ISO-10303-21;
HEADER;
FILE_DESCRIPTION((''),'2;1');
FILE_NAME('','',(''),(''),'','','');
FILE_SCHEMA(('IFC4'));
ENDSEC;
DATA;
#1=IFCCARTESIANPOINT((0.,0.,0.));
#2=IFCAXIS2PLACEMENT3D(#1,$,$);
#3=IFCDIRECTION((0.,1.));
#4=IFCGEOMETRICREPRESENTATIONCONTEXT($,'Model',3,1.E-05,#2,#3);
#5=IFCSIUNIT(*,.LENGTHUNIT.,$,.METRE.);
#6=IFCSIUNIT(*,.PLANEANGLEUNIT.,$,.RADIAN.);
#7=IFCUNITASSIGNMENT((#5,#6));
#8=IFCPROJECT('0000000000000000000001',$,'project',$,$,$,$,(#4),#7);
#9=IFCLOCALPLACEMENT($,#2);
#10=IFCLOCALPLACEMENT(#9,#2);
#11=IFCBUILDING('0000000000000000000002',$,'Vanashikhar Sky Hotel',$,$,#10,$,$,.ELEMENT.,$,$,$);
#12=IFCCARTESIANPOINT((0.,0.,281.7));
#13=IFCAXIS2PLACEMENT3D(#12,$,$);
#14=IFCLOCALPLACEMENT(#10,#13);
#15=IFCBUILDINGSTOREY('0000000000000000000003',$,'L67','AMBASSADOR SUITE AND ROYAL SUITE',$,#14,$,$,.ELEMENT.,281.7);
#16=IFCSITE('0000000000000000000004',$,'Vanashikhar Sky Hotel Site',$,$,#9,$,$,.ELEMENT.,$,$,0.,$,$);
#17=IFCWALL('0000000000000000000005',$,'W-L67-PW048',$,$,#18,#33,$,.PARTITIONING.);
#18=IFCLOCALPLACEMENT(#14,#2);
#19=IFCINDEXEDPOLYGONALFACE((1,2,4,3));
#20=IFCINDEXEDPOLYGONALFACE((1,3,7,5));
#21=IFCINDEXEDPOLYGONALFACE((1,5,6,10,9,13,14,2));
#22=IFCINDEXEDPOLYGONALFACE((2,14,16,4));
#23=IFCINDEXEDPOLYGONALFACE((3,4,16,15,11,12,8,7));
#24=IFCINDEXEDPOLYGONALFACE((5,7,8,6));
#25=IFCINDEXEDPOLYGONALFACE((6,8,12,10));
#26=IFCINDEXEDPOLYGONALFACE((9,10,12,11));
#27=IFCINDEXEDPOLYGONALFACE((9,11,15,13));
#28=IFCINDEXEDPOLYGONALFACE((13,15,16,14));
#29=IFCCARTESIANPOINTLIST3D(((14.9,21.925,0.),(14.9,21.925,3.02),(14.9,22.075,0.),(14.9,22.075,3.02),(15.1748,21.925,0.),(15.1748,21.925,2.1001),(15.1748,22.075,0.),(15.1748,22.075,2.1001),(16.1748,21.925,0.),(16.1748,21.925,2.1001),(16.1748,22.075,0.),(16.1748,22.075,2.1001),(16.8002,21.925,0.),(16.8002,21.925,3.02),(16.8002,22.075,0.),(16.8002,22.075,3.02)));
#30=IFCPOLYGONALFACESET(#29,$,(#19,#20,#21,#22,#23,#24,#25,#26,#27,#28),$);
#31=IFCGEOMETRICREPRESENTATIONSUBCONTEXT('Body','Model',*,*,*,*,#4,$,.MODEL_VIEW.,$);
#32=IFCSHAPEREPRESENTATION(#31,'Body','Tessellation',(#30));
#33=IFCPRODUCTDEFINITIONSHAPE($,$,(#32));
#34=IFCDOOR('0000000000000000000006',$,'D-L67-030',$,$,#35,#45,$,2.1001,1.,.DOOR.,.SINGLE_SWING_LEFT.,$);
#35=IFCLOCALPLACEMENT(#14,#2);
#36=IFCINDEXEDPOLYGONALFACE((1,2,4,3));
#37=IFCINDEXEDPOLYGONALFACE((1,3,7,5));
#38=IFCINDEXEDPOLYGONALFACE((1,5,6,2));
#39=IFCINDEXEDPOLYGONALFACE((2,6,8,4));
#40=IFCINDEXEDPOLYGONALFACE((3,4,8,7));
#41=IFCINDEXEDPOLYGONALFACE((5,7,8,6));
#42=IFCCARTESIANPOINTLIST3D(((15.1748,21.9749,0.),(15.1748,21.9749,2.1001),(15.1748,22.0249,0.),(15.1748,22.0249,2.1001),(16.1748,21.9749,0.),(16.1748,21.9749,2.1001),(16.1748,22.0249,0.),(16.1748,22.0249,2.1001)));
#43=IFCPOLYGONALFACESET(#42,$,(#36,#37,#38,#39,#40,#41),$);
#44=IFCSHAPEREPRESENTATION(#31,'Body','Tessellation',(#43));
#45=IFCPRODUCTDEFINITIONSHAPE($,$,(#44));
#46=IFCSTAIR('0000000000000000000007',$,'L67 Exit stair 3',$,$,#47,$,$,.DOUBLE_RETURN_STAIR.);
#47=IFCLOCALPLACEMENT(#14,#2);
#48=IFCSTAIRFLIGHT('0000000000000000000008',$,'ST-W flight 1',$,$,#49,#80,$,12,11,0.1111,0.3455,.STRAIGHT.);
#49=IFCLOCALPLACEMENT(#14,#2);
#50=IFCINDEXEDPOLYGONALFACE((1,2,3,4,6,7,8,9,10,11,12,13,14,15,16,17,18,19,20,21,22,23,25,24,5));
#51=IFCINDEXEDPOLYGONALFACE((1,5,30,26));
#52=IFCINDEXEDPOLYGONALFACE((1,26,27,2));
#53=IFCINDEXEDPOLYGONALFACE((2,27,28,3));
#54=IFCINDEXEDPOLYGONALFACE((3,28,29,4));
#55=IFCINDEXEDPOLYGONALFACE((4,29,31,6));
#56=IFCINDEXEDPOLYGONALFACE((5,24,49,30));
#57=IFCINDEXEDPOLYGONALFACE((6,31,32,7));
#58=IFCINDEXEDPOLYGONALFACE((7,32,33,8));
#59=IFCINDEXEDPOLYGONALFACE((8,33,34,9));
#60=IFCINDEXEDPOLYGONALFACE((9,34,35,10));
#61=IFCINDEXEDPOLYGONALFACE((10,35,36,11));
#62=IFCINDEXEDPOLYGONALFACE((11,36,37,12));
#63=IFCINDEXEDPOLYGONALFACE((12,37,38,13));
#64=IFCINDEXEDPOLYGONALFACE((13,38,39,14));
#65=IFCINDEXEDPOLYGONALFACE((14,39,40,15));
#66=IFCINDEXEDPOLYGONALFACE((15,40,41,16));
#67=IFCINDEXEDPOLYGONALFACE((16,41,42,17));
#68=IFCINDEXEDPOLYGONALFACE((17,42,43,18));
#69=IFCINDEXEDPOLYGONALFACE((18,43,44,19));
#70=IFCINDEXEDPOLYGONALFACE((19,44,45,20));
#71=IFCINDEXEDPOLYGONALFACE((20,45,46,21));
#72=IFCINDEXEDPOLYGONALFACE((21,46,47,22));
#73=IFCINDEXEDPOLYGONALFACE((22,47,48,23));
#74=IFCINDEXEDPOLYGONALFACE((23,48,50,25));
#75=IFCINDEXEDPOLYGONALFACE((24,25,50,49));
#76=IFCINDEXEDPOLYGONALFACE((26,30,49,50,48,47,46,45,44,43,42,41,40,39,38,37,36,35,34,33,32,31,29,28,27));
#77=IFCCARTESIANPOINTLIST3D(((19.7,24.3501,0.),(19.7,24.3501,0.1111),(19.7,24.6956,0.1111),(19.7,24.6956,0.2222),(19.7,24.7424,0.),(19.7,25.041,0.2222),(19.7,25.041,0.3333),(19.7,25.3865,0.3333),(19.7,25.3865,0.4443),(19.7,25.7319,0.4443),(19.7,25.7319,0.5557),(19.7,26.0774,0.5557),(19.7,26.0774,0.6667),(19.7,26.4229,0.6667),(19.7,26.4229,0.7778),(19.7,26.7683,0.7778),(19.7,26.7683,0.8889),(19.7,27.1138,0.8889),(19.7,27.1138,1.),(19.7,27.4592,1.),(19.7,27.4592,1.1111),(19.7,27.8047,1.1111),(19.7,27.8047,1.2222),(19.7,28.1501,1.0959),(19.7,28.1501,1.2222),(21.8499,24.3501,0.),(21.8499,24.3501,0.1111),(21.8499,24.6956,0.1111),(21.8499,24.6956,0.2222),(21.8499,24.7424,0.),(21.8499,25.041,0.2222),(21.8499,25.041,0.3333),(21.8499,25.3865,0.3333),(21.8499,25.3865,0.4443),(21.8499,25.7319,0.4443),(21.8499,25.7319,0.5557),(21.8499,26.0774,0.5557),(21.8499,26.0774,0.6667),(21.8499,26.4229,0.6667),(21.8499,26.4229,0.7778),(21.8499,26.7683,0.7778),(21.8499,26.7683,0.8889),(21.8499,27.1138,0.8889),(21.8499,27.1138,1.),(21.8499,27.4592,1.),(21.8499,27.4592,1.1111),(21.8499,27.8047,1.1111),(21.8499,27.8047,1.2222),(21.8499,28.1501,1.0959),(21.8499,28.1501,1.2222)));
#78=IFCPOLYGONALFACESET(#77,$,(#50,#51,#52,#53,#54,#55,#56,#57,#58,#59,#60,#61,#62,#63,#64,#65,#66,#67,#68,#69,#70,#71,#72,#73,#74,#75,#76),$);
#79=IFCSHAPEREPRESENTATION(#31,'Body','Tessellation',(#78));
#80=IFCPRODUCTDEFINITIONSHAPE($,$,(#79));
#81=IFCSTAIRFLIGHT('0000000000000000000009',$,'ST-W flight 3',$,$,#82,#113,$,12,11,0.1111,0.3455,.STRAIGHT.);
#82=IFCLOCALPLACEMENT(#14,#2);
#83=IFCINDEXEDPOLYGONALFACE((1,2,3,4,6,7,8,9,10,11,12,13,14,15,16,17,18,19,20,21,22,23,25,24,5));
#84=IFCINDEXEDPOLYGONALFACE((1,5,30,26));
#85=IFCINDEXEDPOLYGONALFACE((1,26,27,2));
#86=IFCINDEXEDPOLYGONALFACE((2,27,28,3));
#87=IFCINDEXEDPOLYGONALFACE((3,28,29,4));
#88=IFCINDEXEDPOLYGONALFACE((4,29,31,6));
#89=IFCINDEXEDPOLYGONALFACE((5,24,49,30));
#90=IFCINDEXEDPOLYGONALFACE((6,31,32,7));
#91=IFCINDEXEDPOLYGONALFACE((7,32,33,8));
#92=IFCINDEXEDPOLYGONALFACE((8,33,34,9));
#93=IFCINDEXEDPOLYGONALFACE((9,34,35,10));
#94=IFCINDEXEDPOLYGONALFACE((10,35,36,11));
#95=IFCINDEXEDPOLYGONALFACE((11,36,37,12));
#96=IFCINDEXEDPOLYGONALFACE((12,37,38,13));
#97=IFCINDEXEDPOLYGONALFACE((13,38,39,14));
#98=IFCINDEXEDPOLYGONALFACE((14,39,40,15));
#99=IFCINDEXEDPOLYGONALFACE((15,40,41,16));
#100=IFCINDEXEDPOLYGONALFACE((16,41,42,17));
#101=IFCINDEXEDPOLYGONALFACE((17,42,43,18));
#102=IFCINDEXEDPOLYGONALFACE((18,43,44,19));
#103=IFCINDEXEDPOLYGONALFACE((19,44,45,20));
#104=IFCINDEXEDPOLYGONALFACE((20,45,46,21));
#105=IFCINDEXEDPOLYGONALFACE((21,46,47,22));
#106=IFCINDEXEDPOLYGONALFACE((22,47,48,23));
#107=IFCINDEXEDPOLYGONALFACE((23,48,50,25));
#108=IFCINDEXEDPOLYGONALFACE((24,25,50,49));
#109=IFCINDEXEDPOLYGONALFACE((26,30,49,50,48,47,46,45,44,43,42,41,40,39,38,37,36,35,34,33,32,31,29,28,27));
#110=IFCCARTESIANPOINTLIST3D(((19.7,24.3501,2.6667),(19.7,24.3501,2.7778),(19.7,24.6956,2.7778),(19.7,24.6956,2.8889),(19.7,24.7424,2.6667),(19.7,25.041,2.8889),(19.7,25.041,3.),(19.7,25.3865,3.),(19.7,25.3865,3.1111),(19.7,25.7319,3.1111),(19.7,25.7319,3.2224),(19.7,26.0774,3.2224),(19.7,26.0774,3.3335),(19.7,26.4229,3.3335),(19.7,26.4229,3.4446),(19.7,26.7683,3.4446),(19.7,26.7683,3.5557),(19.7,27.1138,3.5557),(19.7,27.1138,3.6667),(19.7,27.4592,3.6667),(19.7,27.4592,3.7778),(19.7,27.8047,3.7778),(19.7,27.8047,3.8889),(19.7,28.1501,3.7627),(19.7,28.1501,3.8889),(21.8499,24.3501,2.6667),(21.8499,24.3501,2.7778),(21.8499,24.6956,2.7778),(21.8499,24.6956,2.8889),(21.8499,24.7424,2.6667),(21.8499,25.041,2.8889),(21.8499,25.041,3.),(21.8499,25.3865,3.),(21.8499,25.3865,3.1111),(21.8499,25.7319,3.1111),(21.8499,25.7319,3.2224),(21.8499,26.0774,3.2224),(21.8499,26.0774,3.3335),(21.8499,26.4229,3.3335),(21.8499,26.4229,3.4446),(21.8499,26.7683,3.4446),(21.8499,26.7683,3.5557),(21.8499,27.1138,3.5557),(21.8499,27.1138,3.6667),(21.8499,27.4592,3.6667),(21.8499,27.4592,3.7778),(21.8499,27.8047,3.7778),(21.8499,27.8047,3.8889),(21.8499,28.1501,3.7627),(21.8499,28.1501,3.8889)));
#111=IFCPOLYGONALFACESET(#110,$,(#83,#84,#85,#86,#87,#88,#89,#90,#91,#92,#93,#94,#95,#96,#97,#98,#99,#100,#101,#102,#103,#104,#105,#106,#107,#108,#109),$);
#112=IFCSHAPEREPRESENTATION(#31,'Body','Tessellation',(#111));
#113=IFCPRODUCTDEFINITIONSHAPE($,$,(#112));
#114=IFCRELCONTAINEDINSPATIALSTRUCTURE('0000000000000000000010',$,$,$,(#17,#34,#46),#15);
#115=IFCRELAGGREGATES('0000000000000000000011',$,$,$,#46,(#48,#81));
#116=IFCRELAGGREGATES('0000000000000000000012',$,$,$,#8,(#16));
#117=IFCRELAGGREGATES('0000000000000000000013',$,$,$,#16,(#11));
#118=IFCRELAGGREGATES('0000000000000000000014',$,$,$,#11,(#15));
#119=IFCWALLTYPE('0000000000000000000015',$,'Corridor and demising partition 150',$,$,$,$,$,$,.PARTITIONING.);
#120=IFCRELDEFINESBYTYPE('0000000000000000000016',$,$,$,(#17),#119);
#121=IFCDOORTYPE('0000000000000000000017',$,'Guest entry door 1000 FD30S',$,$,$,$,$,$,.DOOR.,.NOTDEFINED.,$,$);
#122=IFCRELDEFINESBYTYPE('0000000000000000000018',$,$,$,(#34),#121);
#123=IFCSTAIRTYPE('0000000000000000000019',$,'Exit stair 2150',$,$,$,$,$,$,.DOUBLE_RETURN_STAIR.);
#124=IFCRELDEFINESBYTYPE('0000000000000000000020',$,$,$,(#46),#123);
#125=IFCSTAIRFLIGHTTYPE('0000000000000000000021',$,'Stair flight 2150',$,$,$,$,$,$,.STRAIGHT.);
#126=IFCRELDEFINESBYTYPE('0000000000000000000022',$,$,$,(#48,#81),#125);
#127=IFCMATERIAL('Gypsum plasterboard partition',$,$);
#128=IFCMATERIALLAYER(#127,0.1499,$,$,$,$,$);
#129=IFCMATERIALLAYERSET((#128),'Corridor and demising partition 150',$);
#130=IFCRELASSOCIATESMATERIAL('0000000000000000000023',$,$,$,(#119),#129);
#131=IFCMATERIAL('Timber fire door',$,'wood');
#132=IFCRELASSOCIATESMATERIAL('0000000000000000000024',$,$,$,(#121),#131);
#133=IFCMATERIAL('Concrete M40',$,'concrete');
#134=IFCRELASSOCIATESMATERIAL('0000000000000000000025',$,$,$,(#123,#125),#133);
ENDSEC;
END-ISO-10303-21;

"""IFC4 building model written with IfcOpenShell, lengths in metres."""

from ifc_helpers import new_model, si_unit, direction, frame, frame_2d, origin, place, context, subcontext, project, spatial, polyline, rectangle, outline, extrude, source, transform, mapped, material, layer, layer_set, type_object, element, fill, aggregate, save


model = new_model("IFC4")

# Units and contexts
model_context = context("Model", 3, precision=1e-05, world=origin(), true_north=direction((0.0, 1.0)))
body_context = subcontext(model_context, "Body", "Model", "MODEL_VIEW")
ifc_project = project(units=[si_unit("LENGTHUNIT", "METRE"), si_unit("PLANEANGLEUNIT", "RADIAN")], contexts=[model_context])

# Site, building, storey
site_placement = place(None, origin())
site = spatial("IfcSite", under=ifc_project, at=site_placement, Name="Vanashikhar Sky Hotel Site", CompositionType="ELEMENT", RefElevation=0.0)
building_placement = place(site_placement, origin())
building = spatial("IfcBuilding", under=site, at=building_placement, Name="Vanashikhar Sky Hotel", CompositionType="ELEMENT")
storey_placement = place(building_placement, frame((0.0, 0.0, 281.7)))
storey = spatial("IfcBuildingStorey", under=building, at=storey_placement, Name="L67", Description="AMBASSADOR SUITE AND ROYAL SUITE", CompositionType="ELEMENT", Elevation=281.7)

# Wall, opening, door
ifc_material_1 = material(Name="Gypsum plasterboard partition")
ifc_layer_1 = layer(ifc_material_1, 0.1499)
ifc_layer_set_1 = layer_set([ifc_layer_1], Name="Corridor and demising partition 150")
wall_type_1 = type_object("IfcWallType", Name="Corridor and demising partition 150", PredefinedType="PARTITIONING", material=ifc_layer_set_1)
shared_shape_1 = source(origin(), body_context, "Body", "SweptSolid", [
    extrude(rectangle(XDim=1.0, YDim=2.1001, at=frame_2d((0.5, 1.05))), frame((0.0, 0.085, 0.0), z_axis=(0.0, -1.0, 0.0), x_axis=(1.0, 0.0, 0.0)), (0.0, 0.0, 1.0), 0.1699),
])
ifc_material_2 = material(Name="Timber fire door", Category="wood")
door_type_1 = type_object("IfcDoorType", Name="Guest entry door 1000 FD30S", OperationType="NOTDEFINED", PredefinedType="DOOR", material=ifc_material_2)
shared_shape_2 = source(origin(), body_context, "Body", "SweptSolid", [
    extrude(rectangle(XDim=1.0, YDim=2.1001, at=frame_2d((0.5, 1.05))), frame((0.0, 0.0249, 0.0), z_axis=(0.0, -1.0, 0.0), x_axis=(1.0, 0.0, 0.0)), (0.0, 0.0, 1.0), 0.05),
])
shared_shape_3 = source(origin(), body_context, "Body", "SweptSolid", [
    extrude(rectangle(XDim=1.9001, YDim=0.1499, at=frame_2d((0.9502, 0.0))), origin(), (0.0, 0.0, 1.0), 3.02),
])
wall_1_placement = place(storey_placement, frame((14.8999, 22.0, 0.0), z_axis=(0.0, 0.0, 1.0), x_axis=(1.0, 0.0, 0.0)))
wall_1 = element("IfcWall", 1, at=wall_1_placement, inside=storey, type_object=wall_type_1, Name="W-L67-PW048", PredefinedType="PARTITIONING", context=body_context, shape_type="MappedRepresentation", body=[
    mapped(shared_shape_3, transform((0.0, 0.0, 0.0), scale=1.0)),
])
opening_1_placement = place(wall_1_placement, frame((0.2749, 0.0, 0.0)))
opening_1 = element("IfcOpeningElement", 2, at=opening_1_placement, cuts=wall_1, PredefinedType="OPENING", context=body_context, shape_type="MappedRepresentation", body=[
    mapped(shared_shape_1, transform((0.0, 0.0, 0.0), scale=1.0)),
])
door_1_placement = place(opening_1_placement, origin())
door_1 = element("IfcDoor", 3, at=door_1_placement, inside=storey, type_object=door_type_1, Name="D-L67-030", OperationType="SINGLE_SWING_LEFT", OverallHeight=2.1001, OverallWidth=1.0, PredefinedType="DOOR", context=body_context, shape_type="MappedRepresentation", body=[
    mapped(shared_shape_2, transform((0.0, 0.0, 0.0), scale=1.0)),
])
fill(opening_1, door_1)

# Stair, stair flights
ifc_material_3 = material(Name="Concrete M40", Category="concrete")
stair_type = type_object("IfcStairType", Name="Exit stair 2150", PredefinedType="DOUBLE_RETURN_STAIR", material=ifc_material_3)
stair_placement = place(storey_placement, origin())
stair = element("IfcStair", 4, at=stair_placement, inside=storey, type_object=stair_type, Name="L67 Exit stair 3", PredefinedType="DOUBLE_RETURN_STAIR")
stair_flight_type = type_object("IfcStairFlightType", Name="Stair flight 2150", PredefinedType="STRAIGHT", material=ifc_material_3)
shared_shape_4 = source(origin(), body_context, "Body", "SweptSolid", [
    extrude(outline(polyline([(0.0, 0.0), (0.0, 0.1111), (0.3455, 0.1111), (0.3455, 0.2222), (0.6909, 0.2222), (0.6909, 0.3333), (1.0364, 0.3333), (1.0364, 0.4443), (1.3818, 0.4443), (1.3818, 0.5557), (1.7273, 0.5557), (1.7273, 0.6667), (2.0728, 0.6667), (2.0728, 0.7778), (2.4182, 0.7778), (2.4182, 0.8889), (2.7637, 0.8889), (2.7637, 1.0), (3.1091, 1.0), (3.1091, 1.1111), (3.4546, 1.1111), (3.4546, 1.2222), (3.8, 1.2222), (3.8, 1.3333), (3.8, 1.0959), (0.3923, 0.0), (0.0, 0.0)])), frame((0.0, 1.075, 0.0), z_axis=(0.0, -1.0, 0.0), x_axis=(1.0, 0.0, 0.0)), (0.0, 0.0, 1.0), 2.1499),
])
stair_flight_1_placement = place(storey_placement, frame((20.7749, 24.3501, 0.0), z_axis=(0.0, 0.0, 1.0), x_axis=(0.0, 1.0, 0.0)))
stair_flight_1 = element("IfcStairFlight", 5, at=stair_flight_1_placement, type_object=stair_flight_type, Name="ST-W flight 1", NumberOfRisers=12, NumberOfTreads=11, PredefinedType="STRAIGHT", RiserHeight=0.1111, TreadLength=0.3455, context=body_context, shape_type="MappedRepresentation", body=[
    mapped(shared_shape_4, transform((0.0, 0.0, 0.0), scale=1.0)),
])
stair_flight_2_placement = place(storey_placement, frame((20.7749, 24.3501, 2.6667), z_axis=(0.0, 0.0, 1.0), x_axis=(0.0, 1.0, 0.0)))
stair_flight_2 = element("IfcStairFlight", 6, at=stair_flight_2_placement, type_object=stair_flight_type, Name="ST-W flight 3", NumberOfRisers=12, NumberOfTreads=11, PredefinedType="STRAIGHT", RiserHeight=0.1111, TreadLength=0.3455, context=body_context, shape_type="MappedRepresentation", body=[
    mapped(shared_shape_4, transform((0.0, 0.0, 0.0), scale=1.0)),
])
aggregate(stair, [stair_flight_1, stair_flight_2])

save(model, "model.ifc")
